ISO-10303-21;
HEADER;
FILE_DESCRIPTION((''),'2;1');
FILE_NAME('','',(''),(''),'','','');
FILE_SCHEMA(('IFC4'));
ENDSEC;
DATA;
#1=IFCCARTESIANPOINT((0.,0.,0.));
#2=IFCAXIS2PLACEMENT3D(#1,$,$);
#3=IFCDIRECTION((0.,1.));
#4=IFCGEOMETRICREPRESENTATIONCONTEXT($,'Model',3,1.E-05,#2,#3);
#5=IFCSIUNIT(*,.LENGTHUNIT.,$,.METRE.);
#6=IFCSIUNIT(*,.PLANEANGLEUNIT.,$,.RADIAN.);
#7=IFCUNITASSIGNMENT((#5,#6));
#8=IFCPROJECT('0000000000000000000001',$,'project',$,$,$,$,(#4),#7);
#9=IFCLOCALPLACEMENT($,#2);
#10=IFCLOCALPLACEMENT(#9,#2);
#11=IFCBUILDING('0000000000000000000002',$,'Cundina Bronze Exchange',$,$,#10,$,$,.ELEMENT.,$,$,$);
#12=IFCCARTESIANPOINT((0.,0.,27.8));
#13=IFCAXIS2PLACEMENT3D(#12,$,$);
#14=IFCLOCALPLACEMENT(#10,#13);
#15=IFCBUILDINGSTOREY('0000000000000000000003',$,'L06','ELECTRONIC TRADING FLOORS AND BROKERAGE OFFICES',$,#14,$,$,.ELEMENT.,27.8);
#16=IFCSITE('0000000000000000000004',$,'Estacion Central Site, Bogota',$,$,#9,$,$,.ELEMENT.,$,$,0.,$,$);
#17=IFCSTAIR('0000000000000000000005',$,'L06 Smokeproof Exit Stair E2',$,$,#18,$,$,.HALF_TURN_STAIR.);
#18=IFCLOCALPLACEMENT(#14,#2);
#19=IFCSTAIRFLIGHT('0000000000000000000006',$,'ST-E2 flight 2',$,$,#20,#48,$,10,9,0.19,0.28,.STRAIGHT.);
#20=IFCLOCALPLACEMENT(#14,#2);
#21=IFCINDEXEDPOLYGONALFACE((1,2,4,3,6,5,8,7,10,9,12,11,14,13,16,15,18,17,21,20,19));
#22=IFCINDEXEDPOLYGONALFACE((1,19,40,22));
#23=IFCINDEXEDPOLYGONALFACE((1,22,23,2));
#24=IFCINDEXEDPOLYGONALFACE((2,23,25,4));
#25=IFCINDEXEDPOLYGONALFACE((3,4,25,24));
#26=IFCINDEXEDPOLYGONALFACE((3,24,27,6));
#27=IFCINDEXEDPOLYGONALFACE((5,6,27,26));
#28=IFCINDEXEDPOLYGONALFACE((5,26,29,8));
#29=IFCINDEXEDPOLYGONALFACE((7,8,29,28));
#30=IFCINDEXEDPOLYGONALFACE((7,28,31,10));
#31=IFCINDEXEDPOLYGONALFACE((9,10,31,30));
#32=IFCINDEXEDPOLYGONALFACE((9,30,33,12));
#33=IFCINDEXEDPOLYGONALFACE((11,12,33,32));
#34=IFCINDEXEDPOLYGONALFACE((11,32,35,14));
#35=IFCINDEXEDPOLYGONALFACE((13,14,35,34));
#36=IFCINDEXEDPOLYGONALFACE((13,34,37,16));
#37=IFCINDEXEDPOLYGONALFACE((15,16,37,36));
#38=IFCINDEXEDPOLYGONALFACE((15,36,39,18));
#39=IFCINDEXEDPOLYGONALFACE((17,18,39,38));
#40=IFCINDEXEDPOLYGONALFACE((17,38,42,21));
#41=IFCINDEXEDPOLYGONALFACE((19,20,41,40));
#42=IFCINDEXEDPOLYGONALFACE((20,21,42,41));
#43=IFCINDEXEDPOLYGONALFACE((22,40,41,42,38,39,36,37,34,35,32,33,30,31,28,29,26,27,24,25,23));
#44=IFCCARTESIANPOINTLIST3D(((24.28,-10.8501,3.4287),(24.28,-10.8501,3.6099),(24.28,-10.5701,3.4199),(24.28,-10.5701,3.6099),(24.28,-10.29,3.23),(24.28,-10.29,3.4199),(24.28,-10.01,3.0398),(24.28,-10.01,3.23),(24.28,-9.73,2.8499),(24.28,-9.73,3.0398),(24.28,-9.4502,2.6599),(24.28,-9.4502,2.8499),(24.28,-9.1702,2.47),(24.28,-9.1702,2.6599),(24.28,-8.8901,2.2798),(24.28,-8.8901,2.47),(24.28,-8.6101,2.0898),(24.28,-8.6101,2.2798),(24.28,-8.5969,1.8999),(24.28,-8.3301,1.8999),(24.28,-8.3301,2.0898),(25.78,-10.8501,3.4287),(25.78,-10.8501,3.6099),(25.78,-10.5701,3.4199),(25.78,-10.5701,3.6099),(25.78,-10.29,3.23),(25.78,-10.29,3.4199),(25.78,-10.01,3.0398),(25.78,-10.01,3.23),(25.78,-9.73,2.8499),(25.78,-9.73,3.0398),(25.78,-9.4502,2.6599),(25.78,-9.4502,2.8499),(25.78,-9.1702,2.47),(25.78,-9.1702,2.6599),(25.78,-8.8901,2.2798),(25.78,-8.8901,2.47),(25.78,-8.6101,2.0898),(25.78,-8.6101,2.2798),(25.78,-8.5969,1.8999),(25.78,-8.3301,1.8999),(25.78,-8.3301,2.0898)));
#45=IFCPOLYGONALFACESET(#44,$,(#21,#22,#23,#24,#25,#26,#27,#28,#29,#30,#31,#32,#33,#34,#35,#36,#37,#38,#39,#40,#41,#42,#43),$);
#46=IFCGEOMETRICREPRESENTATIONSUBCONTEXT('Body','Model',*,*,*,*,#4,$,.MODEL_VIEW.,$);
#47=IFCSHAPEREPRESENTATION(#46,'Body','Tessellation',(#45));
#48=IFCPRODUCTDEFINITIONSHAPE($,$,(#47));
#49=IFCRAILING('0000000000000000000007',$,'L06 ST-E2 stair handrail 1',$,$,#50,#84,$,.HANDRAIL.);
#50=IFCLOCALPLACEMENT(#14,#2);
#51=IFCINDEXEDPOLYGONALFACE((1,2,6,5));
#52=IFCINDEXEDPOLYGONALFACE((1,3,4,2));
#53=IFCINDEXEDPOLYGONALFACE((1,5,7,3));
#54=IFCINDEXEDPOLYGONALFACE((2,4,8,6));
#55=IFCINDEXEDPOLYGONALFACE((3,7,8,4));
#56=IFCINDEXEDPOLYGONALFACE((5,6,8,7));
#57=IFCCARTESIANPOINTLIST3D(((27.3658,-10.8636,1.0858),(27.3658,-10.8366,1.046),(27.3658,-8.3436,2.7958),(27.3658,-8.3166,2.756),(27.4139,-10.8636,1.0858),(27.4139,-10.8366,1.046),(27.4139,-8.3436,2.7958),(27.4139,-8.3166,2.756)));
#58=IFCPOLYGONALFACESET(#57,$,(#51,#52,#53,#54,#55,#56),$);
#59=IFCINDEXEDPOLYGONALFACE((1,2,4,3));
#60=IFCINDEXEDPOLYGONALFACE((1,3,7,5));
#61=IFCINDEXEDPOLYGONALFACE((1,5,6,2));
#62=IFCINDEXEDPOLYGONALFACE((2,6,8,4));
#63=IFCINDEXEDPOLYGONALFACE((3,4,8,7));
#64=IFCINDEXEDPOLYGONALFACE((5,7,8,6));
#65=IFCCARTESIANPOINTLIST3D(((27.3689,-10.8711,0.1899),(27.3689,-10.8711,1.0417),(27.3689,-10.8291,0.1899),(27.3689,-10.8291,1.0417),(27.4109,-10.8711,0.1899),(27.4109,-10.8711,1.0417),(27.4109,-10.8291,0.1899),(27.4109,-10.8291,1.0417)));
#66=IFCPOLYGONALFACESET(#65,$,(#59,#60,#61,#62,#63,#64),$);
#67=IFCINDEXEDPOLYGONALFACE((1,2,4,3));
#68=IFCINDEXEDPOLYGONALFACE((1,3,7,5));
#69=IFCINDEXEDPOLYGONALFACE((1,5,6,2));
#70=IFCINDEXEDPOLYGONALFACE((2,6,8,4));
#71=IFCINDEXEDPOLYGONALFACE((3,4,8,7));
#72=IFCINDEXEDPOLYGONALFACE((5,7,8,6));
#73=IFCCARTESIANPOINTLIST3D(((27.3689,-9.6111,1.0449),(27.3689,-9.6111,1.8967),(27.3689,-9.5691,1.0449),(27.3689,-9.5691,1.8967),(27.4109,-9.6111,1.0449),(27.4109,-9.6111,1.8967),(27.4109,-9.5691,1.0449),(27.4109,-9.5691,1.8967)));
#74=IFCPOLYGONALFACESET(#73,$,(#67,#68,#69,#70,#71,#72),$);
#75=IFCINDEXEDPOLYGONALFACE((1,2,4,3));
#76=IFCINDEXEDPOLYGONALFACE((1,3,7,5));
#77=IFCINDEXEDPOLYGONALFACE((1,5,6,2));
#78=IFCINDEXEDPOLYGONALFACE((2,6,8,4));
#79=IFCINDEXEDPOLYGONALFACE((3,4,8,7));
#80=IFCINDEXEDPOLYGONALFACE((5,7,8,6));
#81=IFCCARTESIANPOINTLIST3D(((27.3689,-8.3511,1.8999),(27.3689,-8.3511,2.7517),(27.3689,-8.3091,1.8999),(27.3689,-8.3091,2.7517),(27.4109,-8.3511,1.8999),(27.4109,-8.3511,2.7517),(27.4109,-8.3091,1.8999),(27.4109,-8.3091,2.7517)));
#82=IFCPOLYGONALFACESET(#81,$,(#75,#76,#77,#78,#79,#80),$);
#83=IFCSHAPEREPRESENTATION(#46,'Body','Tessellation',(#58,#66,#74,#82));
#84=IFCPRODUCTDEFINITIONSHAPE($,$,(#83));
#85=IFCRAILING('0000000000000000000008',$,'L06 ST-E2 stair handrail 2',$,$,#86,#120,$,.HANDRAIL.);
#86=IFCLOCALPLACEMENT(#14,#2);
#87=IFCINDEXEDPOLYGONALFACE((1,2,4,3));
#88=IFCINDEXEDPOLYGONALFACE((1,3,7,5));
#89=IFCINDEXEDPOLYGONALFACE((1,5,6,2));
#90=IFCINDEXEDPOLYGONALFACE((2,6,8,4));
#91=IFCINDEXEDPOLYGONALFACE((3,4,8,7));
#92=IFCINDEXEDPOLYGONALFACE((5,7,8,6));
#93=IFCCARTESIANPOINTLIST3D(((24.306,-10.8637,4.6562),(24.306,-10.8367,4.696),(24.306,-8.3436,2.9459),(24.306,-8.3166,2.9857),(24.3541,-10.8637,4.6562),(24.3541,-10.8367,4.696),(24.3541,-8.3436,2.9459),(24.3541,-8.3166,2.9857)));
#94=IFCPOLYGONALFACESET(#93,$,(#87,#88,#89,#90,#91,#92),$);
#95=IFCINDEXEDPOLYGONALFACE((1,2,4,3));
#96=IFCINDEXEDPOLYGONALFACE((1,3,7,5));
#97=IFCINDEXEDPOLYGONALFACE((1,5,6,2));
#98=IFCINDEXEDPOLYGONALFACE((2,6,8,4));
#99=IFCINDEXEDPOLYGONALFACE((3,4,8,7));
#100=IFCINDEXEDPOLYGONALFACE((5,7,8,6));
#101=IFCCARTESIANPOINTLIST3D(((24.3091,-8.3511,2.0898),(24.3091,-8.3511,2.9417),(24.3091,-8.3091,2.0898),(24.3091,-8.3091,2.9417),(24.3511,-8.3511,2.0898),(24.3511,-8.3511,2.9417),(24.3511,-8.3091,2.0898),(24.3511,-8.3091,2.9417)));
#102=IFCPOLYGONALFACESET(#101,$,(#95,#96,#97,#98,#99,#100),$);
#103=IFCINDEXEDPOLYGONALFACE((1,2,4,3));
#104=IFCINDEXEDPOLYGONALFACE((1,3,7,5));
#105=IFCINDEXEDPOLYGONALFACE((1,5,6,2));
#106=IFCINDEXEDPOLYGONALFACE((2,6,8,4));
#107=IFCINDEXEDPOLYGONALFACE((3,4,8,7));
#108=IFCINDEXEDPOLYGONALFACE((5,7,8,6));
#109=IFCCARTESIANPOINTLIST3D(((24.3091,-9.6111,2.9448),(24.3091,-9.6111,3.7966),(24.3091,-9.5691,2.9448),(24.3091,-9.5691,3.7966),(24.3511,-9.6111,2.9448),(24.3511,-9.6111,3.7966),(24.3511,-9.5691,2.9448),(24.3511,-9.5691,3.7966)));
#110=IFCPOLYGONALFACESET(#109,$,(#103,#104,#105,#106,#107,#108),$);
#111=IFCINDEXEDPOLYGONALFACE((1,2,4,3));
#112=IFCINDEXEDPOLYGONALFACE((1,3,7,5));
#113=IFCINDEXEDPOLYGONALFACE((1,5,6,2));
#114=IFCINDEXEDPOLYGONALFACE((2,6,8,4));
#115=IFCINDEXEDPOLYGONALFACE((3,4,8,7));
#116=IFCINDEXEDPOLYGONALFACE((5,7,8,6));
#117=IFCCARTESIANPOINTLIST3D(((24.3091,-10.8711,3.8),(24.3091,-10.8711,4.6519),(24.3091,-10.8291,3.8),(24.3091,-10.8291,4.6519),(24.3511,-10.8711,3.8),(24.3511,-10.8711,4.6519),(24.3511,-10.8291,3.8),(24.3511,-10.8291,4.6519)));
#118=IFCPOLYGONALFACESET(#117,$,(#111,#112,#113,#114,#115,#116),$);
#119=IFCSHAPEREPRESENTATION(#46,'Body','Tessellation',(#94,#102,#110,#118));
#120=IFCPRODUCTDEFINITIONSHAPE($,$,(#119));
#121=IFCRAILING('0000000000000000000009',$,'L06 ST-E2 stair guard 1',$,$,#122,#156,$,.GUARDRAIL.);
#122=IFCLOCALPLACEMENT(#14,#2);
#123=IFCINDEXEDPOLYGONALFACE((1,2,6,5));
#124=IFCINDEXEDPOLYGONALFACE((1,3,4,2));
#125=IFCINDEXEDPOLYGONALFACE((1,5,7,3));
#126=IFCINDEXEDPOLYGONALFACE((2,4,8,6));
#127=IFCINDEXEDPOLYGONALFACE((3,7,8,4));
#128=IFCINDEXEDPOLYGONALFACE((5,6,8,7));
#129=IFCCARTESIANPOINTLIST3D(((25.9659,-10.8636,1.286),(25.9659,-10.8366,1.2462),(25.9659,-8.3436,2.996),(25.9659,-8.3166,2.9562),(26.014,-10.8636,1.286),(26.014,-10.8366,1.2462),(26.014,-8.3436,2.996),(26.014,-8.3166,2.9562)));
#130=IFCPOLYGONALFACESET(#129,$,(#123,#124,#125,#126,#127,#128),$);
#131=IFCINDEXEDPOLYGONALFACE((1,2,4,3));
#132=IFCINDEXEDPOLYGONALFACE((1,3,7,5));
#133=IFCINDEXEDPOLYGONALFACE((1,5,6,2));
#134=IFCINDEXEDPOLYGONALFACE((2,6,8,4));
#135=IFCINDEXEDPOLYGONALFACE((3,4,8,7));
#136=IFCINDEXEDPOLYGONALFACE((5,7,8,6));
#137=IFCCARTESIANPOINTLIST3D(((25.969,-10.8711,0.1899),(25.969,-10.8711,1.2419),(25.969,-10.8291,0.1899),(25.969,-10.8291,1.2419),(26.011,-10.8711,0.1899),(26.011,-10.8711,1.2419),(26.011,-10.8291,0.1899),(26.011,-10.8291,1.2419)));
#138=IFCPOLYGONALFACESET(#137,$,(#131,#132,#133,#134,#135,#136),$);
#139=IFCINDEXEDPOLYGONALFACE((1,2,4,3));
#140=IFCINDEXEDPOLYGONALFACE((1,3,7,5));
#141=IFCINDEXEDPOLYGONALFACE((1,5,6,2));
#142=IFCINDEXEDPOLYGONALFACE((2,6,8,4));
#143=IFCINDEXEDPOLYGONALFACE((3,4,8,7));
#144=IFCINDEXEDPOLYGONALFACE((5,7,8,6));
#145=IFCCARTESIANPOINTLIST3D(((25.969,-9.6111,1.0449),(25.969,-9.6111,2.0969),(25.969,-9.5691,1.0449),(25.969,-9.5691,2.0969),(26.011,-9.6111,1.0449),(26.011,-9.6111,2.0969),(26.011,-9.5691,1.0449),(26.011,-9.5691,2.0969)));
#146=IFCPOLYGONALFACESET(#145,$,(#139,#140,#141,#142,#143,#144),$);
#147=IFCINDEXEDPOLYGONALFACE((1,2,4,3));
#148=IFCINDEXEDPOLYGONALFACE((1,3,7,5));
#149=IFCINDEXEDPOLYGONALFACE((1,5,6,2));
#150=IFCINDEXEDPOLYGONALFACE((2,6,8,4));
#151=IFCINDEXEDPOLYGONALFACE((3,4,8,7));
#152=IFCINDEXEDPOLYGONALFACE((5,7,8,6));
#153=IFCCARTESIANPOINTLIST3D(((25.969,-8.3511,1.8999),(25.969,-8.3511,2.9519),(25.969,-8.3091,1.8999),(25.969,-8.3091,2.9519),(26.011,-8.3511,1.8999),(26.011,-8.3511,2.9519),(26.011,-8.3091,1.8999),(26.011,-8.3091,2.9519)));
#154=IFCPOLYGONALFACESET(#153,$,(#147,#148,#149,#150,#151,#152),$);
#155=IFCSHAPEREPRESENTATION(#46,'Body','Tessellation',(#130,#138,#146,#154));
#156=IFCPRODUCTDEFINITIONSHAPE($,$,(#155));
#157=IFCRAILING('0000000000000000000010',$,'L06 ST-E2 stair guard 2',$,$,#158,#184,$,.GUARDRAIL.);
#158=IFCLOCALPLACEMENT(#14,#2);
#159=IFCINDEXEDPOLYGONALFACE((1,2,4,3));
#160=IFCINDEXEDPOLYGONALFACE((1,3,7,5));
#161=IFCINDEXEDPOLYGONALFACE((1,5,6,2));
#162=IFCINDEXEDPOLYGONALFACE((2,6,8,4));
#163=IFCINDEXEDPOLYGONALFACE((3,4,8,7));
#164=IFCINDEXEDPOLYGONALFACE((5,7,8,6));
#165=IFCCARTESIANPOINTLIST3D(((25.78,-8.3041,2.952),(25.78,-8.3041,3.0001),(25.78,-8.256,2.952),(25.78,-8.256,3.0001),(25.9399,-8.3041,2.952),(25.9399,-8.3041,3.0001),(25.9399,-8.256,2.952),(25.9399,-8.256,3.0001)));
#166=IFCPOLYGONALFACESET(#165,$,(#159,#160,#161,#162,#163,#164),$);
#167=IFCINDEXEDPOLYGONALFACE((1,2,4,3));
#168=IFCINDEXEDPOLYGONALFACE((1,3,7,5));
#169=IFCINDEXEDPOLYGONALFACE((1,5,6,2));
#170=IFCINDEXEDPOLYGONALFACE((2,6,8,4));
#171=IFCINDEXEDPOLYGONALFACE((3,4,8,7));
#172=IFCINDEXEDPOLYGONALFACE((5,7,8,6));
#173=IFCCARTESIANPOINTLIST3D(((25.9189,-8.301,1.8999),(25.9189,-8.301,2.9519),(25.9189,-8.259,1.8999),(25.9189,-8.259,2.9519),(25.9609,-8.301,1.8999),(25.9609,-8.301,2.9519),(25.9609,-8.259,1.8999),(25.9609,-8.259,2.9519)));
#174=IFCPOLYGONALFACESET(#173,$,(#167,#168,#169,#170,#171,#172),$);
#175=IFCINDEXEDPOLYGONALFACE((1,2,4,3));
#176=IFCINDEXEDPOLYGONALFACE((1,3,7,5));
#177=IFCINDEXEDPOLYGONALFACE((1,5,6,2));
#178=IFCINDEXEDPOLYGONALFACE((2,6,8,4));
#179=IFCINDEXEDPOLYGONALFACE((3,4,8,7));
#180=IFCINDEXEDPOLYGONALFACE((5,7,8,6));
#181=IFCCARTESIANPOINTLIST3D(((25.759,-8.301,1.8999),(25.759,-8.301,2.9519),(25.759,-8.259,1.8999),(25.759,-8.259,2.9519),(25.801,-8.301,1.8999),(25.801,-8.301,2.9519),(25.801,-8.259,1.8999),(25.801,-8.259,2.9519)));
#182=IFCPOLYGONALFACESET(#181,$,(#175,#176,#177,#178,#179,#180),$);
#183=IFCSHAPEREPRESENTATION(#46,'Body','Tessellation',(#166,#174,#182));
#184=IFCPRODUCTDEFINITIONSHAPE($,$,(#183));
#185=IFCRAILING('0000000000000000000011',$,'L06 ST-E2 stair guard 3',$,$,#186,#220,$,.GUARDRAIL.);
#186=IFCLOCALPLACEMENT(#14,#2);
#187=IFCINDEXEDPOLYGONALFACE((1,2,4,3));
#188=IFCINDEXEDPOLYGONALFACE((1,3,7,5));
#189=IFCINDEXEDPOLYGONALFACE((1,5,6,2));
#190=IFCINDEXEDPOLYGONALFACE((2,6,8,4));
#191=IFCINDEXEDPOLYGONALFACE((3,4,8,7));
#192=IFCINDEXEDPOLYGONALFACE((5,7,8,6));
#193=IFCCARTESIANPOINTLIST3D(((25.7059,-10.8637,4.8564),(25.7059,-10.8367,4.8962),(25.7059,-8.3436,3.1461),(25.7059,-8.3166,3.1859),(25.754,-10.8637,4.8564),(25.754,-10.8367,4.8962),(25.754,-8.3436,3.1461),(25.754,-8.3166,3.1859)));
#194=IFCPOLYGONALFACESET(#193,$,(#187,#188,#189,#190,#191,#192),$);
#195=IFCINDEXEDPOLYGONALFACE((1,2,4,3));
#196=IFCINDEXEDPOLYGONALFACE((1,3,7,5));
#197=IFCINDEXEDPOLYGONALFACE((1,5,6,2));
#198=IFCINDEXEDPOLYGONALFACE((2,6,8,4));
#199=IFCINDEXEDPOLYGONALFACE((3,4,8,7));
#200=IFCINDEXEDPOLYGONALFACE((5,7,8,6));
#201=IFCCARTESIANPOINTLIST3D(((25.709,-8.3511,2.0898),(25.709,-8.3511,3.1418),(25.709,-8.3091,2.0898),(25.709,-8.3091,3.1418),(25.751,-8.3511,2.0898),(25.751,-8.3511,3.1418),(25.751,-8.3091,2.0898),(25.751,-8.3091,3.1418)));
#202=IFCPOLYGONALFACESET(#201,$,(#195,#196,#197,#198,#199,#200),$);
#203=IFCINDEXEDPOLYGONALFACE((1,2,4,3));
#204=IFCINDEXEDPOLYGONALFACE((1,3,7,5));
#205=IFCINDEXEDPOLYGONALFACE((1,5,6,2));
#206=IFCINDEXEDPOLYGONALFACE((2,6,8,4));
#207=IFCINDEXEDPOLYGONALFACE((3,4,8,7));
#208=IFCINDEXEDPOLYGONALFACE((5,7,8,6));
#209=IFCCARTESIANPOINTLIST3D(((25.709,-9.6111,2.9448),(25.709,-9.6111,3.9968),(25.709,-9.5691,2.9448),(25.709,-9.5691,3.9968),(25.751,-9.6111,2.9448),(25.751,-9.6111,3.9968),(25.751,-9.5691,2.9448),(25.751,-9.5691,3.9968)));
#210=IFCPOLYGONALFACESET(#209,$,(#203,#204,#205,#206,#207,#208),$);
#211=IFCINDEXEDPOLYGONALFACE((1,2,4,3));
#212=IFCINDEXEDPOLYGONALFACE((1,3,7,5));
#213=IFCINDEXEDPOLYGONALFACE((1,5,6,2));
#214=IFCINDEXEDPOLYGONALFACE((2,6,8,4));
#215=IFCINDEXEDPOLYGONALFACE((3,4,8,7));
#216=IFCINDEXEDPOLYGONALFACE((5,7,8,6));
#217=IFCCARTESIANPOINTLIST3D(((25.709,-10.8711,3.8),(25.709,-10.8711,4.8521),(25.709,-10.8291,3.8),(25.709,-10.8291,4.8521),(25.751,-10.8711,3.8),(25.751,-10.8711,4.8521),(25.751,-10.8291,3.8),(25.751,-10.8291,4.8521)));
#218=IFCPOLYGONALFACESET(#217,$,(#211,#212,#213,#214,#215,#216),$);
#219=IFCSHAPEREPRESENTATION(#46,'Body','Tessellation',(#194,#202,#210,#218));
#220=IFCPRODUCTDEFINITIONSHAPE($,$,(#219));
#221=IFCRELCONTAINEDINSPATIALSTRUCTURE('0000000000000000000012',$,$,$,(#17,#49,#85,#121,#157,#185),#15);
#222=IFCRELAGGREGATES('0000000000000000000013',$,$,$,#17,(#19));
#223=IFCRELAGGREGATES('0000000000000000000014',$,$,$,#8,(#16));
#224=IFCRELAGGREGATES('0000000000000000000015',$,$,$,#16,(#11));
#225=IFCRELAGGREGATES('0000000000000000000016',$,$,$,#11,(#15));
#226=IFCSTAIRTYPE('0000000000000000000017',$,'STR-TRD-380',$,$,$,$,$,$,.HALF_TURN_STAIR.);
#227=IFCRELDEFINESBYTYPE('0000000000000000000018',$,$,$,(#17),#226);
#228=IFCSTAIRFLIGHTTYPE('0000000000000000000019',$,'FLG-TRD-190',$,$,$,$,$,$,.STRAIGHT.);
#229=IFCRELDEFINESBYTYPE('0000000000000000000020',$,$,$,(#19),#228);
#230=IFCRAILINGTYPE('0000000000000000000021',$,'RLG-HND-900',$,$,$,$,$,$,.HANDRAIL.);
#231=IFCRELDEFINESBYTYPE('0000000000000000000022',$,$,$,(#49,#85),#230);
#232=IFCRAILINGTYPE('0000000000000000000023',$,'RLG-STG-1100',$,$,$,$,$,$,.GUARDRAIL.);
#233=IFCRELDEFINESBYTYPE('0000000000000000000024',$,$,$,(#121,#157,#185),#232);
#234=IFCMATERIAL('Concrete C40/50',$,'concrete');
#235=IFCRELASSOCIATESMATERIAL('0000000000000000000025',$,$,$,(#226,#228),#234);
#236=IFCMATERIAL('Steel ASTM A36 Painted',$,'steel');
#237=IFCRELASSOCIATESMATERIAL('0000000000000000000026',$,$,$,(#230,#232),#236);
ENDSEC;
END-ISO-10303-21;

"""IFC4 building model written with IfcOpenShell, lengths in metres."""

from ifc_helpers import new_model, si_unit, direction, frame, origin, origin_2d, place, context, subcontext, project, spatial, polyline, rectangle, outline, extrude, material, type_object, element, aggregate, save


model = new_model("IFC4")

# Units and contexts
model_context = context("Model", 3, precision=1e-05, world=origin(), true_north=direction((0.0, 1.0)))
body_context = subcontext(model_context, "Body", "Model", "MODEL_VIEW")
ifc_project = project(units=[si_unit("LENGTHUNIT", "METRE"), si_unit("PLANEANGLEUNIT", "RADIAN")], contexts=[model_context])

# Site, building, storey
site_placement = place(None, origin())
site = spatial("IfcSite", under=ifc_project, at=site_placement, Name="Estacion Central Site, Bogota", CompositionType="ELEMENT", RefElevation=0.0)
building_placement = place(site_placement, origin())
building = spatial("IfcBuilding", under=site, at=building_placement, Name="Cundina Bronze Exchange", CompositionType="ELEMENT")
storey_placement = place(building_placement, frame((0.0, 0.0, 27.8)))
storey = spatial("IfcBuildingStorey", under=building, at=storey_placement, Name="L06", Description="ELECTRONIC TRADING FLOORS AND BROKERAGE OFFICES", CompositionType="ELEMENT", Elevation=27.8)

# Shared definitions
ifc_material_1 = material(Name="Steel ASTM A36 Painted", Category="steel")

# Stair, stair flight
ifc_material_2 = material(Name="Concrete C40/50", Category="concrete")
stair_type = type_object("IfcStairType", Name="STR-TRD-380", PredefinedType="HALF_TURN_STAIR", material=ifc_material_2)
stair_placement = place(storey_placement, origin())
stair = element("IfcStair", 1, at=stair_placement, inside=storey, type_object=stair_type, Name="L06 Smokeproof Exit Stair E2", PredefinedType="HALF_TURN_STAIR")
stair_flight_type = type_object("IfcStairFlightType", Name="FLG-TRD-190", PredefinedType="STRAIGHT", material=ifc_material_2)
stair_flight_1_placement = place(storey_placement, frame((25.03, -8.3301, 1.8999), z_axis=(0.0, 0.0, 1.0), x_axis=(0.0, -1.0, 0.0)))
stair_flight_1 = element("IfcStairFlight", 2, at=stair_flight_1_placement, type_object=stair_flight_type, Name="ST-E2 flight 2", NumberOfRisers=10, NumberOfTreads=9, PredefinedType="STRAIGHT", RiserHeight=0.19, TreadLength=0.28, context=body_context, shape_type="SweptSolid", body=[
    extrude(outline(polyline([(0.0, 0.0), (0.0, 0.1899), (0.28, 0.1899), (0.28, 0.3799), (0.5601, 0.3799), (0.5601, 0.5701), (0.8401, 0.5701), (0.8401, 0.76), (1.1201, 0.76), (1.1201, 0.95), (1.3999, 0.95), (1.3999, 1.1399), (1.6799, 1.1399), (1.6799, 1.3301), (1.96, 1.3301), (1.96, 1.52), (2.24, 1.52), (2.24, 1.71), (2.52, 1.71), (2.52, 1.8999), (2.52, 1.5288), (0.2668, 0.0), (0.0, 0.0)])), frame((0.0, 0.75, 0.0), z_axis=(0.0, -1.0, 0.0), x_axis=(1.0, 0.0, 0.0)), (0.0, 0.0, 1.0), 1.5),
])
aggregate(stair, [stair_flight_1])

# Railings
railing_type_1 = type_object("IfcRailingType", Name="RLG-HND-900", PredefinedType="HANDRAIL", material=ifc_material_1)
railing_1_placement = place(storey_placement, frame((27.3899, -10.8501, 0.1899)))
element("IfcRailing", 3, at=railing_1_placement, inside=storey, type_object=railing_type_1, Name="L06 ST-E2 stair handrail 1", PredefinedType="HANDRAIL", context=body_context, shape_type="SweptSolid", body=[
    extrude(rectangle(XDim=0.0481, YDim=0.0481, at=origin_2d()), frame((0.0, 0.0, 0.876), z_axis=(0.0, 0.827484, 0.56149), x_axis=(-1.0, 0.0, 0.0)), (0.0, 0.0, 1.0), 3.0454),
    extrude(rectangle(XDim=0.042, YDim=0.042, at=origin_2d()), origin(), (0.0, 0.0, 1.0), 0.8518),
    extrude(rectangle(XDim=0.042, YDim=0.042, at=origin_2d()), frame((0.0, 1.26, 0.855)), (0.0, 0.0, 1.0), 0.8518),
    extrude(rectangle(XDim=0.042, YDim=0.042, at=origin_2d()), frame((0.0, 2.52, 1.71)), (0.0, 0.0, 1.0), 0.8518),
])
railing_2_placement = place(storey_placement, frame((24.3301, -8.3301, 2.0898)))
element("IfcRailing", 4, at=railing_2_placement, inside=storey, type_object=railing_type_1, Name="L06 ST-E2 stair handrail 2", PredefinedType="HANDRAIL", context=body_context, shape_type="SweptSolid", body=[
    extrude(rectangle(XDim=0.0481, YDim=0.0481, at=origin_2d()), frame((0.0, 0.0, 0.876), z_axis=(0.0, -0.827447, 0.561545), x_axis=(1.0, 0.0, 0.0)), (0.0, 0.0, 1.0), 3.0457),
    extrude(rectangle(XDim=0.042, YDim=0.042, at=origin_2d()), origin(), (0.0, 0.0, 1.0), 0.8518),
    extrude(rectangle(XDim=0.042, YDim=0.042, at=origin_2d()), frame((0.0, -1.26, 0.855)), (0.0, 0.0, 1.0), 0.8518),
    extrude(rectangle(XDim=0.042, YDim=0.042, at=origin_2d()), frame((0.0, -2.52, 1.7102)), (0.0, 0.0, 1.0), 0.8518),
])
railing_type_2 = type_object("IfcRailingType", Name="RLG-STG-1100", PredefinedType="GUARDRAIL", material=ifc_material_1)
railing_3_placement = place(storey_placement, frame((25.99, -10.8501, 0.1899)))
element("IfcRailing", 5, at=railing_3_placement, inside=storey, type_object=railing_type_2, Name="L06 ST-E2 stair guard 1", PredefinedType="GUARDRAIL", context=body_context, shape_type="SweptSolid", body=[
    extrude(rectangle(XDim=0.0481, YDim=0.0481, at=origin_2d()), frame((0.0, 0.0, 1.0762), z_axis=(0.0, 0.827484, 0.56149), x_axis=(-1.0, 0.0, 0.0)), (0.0, 0.0, 1.0), 3.0454),
    extrude(rectangle(XDim=0.042, YDim=0.042, at=origin_2d()), origin(), (0.0, 0.0, 1.0), 1.052),
    extrude(rectangle(XDim=0.042, YDim=0.042, at=origin_2d()), frame((0.0, 1.26, 0.855)), (0.0, 0.0, 1.0), 1.052),
    extrude(rectangle(XDim=0.042, YDim=0.042, at=origin_2d()), frame((0.0, 2.52, 1.71)), (0.0, 0.0, 1.0), 1.052),
])
railing_4_placement = place(storey_placement, frame((25.9399, -8.28, 1.8999)))
element("IfcRailing", 6, at=railing_4_placement, inside=storey, type_object=railing_type_2, Name="L06 ST-E2 stair guard 2", PredefinedType="GUARDRAIL", context=body_context, shape_type="SweptSolid", body=[
    extrude(rectangle(XDim=0.0481, YDim=0.0481, at=origin_2d()), frame((0.0, 0.0, 1.0762), z_axis=(-1.0, 0.0, 0.0), x_axis=(0.0, -1.0, 0.0)), (0.0, 0.0, 1.0), 0.1599),
    extrude(rectangle(XDim=0.042, YDim=0.042, at=origin_2d()), origin(), (0.0, 0.0, 1.0), 1.052),
    extrude(rectangle(XDim=0.042, YDim=0.042, at=origin_2d()), frame((-0.1599, 0.0, 0.0)), (0.0, 0.0, 1.0), 1.052),
])
railing_5_placement = place(storey_placement, frame((25.73, -8.3301, 2.0898)))
element("IfcRailing", 7, at=railing_5_placement, inside=storey, type_object=railing_type_2, Name="L06 ST-E2 stair guard 3", PredefinedType="GUARDRAIL", context=body_context, shape_type="SweptSolid", body=[
    extrude(rectangle(XDim=0.0481, YDim=0.0481, at=origin_2d()), frame((0.0, 0.0, 1.0762), z_axis=(0.0, -0.827447, 0.561545), x_axis=(1.0, 0.0, 0.0)), (0.0, 0.0, 1.0), 3.0457),
    extrude(rectangle(XDim=0.042, YDim=0.042, at=origin_2d()), origin(), (0.0, 0.0, 1.0), 1.052),
    extrude(rectangle(XDim=0.042, YDim=0.042, at=origin_2d()), frame((0.0, -1.26, 0.855)), (0.0, 0.0, 1.0), 1.052),
    extrude(rectangle(XDim=0.042, YDim=0.042, at=origin_2d()), frame((0.0, -2.52, 1.7102)), (0.0, 0.0, 1.0), 1.052),
])

save(model, "model.ifc")
